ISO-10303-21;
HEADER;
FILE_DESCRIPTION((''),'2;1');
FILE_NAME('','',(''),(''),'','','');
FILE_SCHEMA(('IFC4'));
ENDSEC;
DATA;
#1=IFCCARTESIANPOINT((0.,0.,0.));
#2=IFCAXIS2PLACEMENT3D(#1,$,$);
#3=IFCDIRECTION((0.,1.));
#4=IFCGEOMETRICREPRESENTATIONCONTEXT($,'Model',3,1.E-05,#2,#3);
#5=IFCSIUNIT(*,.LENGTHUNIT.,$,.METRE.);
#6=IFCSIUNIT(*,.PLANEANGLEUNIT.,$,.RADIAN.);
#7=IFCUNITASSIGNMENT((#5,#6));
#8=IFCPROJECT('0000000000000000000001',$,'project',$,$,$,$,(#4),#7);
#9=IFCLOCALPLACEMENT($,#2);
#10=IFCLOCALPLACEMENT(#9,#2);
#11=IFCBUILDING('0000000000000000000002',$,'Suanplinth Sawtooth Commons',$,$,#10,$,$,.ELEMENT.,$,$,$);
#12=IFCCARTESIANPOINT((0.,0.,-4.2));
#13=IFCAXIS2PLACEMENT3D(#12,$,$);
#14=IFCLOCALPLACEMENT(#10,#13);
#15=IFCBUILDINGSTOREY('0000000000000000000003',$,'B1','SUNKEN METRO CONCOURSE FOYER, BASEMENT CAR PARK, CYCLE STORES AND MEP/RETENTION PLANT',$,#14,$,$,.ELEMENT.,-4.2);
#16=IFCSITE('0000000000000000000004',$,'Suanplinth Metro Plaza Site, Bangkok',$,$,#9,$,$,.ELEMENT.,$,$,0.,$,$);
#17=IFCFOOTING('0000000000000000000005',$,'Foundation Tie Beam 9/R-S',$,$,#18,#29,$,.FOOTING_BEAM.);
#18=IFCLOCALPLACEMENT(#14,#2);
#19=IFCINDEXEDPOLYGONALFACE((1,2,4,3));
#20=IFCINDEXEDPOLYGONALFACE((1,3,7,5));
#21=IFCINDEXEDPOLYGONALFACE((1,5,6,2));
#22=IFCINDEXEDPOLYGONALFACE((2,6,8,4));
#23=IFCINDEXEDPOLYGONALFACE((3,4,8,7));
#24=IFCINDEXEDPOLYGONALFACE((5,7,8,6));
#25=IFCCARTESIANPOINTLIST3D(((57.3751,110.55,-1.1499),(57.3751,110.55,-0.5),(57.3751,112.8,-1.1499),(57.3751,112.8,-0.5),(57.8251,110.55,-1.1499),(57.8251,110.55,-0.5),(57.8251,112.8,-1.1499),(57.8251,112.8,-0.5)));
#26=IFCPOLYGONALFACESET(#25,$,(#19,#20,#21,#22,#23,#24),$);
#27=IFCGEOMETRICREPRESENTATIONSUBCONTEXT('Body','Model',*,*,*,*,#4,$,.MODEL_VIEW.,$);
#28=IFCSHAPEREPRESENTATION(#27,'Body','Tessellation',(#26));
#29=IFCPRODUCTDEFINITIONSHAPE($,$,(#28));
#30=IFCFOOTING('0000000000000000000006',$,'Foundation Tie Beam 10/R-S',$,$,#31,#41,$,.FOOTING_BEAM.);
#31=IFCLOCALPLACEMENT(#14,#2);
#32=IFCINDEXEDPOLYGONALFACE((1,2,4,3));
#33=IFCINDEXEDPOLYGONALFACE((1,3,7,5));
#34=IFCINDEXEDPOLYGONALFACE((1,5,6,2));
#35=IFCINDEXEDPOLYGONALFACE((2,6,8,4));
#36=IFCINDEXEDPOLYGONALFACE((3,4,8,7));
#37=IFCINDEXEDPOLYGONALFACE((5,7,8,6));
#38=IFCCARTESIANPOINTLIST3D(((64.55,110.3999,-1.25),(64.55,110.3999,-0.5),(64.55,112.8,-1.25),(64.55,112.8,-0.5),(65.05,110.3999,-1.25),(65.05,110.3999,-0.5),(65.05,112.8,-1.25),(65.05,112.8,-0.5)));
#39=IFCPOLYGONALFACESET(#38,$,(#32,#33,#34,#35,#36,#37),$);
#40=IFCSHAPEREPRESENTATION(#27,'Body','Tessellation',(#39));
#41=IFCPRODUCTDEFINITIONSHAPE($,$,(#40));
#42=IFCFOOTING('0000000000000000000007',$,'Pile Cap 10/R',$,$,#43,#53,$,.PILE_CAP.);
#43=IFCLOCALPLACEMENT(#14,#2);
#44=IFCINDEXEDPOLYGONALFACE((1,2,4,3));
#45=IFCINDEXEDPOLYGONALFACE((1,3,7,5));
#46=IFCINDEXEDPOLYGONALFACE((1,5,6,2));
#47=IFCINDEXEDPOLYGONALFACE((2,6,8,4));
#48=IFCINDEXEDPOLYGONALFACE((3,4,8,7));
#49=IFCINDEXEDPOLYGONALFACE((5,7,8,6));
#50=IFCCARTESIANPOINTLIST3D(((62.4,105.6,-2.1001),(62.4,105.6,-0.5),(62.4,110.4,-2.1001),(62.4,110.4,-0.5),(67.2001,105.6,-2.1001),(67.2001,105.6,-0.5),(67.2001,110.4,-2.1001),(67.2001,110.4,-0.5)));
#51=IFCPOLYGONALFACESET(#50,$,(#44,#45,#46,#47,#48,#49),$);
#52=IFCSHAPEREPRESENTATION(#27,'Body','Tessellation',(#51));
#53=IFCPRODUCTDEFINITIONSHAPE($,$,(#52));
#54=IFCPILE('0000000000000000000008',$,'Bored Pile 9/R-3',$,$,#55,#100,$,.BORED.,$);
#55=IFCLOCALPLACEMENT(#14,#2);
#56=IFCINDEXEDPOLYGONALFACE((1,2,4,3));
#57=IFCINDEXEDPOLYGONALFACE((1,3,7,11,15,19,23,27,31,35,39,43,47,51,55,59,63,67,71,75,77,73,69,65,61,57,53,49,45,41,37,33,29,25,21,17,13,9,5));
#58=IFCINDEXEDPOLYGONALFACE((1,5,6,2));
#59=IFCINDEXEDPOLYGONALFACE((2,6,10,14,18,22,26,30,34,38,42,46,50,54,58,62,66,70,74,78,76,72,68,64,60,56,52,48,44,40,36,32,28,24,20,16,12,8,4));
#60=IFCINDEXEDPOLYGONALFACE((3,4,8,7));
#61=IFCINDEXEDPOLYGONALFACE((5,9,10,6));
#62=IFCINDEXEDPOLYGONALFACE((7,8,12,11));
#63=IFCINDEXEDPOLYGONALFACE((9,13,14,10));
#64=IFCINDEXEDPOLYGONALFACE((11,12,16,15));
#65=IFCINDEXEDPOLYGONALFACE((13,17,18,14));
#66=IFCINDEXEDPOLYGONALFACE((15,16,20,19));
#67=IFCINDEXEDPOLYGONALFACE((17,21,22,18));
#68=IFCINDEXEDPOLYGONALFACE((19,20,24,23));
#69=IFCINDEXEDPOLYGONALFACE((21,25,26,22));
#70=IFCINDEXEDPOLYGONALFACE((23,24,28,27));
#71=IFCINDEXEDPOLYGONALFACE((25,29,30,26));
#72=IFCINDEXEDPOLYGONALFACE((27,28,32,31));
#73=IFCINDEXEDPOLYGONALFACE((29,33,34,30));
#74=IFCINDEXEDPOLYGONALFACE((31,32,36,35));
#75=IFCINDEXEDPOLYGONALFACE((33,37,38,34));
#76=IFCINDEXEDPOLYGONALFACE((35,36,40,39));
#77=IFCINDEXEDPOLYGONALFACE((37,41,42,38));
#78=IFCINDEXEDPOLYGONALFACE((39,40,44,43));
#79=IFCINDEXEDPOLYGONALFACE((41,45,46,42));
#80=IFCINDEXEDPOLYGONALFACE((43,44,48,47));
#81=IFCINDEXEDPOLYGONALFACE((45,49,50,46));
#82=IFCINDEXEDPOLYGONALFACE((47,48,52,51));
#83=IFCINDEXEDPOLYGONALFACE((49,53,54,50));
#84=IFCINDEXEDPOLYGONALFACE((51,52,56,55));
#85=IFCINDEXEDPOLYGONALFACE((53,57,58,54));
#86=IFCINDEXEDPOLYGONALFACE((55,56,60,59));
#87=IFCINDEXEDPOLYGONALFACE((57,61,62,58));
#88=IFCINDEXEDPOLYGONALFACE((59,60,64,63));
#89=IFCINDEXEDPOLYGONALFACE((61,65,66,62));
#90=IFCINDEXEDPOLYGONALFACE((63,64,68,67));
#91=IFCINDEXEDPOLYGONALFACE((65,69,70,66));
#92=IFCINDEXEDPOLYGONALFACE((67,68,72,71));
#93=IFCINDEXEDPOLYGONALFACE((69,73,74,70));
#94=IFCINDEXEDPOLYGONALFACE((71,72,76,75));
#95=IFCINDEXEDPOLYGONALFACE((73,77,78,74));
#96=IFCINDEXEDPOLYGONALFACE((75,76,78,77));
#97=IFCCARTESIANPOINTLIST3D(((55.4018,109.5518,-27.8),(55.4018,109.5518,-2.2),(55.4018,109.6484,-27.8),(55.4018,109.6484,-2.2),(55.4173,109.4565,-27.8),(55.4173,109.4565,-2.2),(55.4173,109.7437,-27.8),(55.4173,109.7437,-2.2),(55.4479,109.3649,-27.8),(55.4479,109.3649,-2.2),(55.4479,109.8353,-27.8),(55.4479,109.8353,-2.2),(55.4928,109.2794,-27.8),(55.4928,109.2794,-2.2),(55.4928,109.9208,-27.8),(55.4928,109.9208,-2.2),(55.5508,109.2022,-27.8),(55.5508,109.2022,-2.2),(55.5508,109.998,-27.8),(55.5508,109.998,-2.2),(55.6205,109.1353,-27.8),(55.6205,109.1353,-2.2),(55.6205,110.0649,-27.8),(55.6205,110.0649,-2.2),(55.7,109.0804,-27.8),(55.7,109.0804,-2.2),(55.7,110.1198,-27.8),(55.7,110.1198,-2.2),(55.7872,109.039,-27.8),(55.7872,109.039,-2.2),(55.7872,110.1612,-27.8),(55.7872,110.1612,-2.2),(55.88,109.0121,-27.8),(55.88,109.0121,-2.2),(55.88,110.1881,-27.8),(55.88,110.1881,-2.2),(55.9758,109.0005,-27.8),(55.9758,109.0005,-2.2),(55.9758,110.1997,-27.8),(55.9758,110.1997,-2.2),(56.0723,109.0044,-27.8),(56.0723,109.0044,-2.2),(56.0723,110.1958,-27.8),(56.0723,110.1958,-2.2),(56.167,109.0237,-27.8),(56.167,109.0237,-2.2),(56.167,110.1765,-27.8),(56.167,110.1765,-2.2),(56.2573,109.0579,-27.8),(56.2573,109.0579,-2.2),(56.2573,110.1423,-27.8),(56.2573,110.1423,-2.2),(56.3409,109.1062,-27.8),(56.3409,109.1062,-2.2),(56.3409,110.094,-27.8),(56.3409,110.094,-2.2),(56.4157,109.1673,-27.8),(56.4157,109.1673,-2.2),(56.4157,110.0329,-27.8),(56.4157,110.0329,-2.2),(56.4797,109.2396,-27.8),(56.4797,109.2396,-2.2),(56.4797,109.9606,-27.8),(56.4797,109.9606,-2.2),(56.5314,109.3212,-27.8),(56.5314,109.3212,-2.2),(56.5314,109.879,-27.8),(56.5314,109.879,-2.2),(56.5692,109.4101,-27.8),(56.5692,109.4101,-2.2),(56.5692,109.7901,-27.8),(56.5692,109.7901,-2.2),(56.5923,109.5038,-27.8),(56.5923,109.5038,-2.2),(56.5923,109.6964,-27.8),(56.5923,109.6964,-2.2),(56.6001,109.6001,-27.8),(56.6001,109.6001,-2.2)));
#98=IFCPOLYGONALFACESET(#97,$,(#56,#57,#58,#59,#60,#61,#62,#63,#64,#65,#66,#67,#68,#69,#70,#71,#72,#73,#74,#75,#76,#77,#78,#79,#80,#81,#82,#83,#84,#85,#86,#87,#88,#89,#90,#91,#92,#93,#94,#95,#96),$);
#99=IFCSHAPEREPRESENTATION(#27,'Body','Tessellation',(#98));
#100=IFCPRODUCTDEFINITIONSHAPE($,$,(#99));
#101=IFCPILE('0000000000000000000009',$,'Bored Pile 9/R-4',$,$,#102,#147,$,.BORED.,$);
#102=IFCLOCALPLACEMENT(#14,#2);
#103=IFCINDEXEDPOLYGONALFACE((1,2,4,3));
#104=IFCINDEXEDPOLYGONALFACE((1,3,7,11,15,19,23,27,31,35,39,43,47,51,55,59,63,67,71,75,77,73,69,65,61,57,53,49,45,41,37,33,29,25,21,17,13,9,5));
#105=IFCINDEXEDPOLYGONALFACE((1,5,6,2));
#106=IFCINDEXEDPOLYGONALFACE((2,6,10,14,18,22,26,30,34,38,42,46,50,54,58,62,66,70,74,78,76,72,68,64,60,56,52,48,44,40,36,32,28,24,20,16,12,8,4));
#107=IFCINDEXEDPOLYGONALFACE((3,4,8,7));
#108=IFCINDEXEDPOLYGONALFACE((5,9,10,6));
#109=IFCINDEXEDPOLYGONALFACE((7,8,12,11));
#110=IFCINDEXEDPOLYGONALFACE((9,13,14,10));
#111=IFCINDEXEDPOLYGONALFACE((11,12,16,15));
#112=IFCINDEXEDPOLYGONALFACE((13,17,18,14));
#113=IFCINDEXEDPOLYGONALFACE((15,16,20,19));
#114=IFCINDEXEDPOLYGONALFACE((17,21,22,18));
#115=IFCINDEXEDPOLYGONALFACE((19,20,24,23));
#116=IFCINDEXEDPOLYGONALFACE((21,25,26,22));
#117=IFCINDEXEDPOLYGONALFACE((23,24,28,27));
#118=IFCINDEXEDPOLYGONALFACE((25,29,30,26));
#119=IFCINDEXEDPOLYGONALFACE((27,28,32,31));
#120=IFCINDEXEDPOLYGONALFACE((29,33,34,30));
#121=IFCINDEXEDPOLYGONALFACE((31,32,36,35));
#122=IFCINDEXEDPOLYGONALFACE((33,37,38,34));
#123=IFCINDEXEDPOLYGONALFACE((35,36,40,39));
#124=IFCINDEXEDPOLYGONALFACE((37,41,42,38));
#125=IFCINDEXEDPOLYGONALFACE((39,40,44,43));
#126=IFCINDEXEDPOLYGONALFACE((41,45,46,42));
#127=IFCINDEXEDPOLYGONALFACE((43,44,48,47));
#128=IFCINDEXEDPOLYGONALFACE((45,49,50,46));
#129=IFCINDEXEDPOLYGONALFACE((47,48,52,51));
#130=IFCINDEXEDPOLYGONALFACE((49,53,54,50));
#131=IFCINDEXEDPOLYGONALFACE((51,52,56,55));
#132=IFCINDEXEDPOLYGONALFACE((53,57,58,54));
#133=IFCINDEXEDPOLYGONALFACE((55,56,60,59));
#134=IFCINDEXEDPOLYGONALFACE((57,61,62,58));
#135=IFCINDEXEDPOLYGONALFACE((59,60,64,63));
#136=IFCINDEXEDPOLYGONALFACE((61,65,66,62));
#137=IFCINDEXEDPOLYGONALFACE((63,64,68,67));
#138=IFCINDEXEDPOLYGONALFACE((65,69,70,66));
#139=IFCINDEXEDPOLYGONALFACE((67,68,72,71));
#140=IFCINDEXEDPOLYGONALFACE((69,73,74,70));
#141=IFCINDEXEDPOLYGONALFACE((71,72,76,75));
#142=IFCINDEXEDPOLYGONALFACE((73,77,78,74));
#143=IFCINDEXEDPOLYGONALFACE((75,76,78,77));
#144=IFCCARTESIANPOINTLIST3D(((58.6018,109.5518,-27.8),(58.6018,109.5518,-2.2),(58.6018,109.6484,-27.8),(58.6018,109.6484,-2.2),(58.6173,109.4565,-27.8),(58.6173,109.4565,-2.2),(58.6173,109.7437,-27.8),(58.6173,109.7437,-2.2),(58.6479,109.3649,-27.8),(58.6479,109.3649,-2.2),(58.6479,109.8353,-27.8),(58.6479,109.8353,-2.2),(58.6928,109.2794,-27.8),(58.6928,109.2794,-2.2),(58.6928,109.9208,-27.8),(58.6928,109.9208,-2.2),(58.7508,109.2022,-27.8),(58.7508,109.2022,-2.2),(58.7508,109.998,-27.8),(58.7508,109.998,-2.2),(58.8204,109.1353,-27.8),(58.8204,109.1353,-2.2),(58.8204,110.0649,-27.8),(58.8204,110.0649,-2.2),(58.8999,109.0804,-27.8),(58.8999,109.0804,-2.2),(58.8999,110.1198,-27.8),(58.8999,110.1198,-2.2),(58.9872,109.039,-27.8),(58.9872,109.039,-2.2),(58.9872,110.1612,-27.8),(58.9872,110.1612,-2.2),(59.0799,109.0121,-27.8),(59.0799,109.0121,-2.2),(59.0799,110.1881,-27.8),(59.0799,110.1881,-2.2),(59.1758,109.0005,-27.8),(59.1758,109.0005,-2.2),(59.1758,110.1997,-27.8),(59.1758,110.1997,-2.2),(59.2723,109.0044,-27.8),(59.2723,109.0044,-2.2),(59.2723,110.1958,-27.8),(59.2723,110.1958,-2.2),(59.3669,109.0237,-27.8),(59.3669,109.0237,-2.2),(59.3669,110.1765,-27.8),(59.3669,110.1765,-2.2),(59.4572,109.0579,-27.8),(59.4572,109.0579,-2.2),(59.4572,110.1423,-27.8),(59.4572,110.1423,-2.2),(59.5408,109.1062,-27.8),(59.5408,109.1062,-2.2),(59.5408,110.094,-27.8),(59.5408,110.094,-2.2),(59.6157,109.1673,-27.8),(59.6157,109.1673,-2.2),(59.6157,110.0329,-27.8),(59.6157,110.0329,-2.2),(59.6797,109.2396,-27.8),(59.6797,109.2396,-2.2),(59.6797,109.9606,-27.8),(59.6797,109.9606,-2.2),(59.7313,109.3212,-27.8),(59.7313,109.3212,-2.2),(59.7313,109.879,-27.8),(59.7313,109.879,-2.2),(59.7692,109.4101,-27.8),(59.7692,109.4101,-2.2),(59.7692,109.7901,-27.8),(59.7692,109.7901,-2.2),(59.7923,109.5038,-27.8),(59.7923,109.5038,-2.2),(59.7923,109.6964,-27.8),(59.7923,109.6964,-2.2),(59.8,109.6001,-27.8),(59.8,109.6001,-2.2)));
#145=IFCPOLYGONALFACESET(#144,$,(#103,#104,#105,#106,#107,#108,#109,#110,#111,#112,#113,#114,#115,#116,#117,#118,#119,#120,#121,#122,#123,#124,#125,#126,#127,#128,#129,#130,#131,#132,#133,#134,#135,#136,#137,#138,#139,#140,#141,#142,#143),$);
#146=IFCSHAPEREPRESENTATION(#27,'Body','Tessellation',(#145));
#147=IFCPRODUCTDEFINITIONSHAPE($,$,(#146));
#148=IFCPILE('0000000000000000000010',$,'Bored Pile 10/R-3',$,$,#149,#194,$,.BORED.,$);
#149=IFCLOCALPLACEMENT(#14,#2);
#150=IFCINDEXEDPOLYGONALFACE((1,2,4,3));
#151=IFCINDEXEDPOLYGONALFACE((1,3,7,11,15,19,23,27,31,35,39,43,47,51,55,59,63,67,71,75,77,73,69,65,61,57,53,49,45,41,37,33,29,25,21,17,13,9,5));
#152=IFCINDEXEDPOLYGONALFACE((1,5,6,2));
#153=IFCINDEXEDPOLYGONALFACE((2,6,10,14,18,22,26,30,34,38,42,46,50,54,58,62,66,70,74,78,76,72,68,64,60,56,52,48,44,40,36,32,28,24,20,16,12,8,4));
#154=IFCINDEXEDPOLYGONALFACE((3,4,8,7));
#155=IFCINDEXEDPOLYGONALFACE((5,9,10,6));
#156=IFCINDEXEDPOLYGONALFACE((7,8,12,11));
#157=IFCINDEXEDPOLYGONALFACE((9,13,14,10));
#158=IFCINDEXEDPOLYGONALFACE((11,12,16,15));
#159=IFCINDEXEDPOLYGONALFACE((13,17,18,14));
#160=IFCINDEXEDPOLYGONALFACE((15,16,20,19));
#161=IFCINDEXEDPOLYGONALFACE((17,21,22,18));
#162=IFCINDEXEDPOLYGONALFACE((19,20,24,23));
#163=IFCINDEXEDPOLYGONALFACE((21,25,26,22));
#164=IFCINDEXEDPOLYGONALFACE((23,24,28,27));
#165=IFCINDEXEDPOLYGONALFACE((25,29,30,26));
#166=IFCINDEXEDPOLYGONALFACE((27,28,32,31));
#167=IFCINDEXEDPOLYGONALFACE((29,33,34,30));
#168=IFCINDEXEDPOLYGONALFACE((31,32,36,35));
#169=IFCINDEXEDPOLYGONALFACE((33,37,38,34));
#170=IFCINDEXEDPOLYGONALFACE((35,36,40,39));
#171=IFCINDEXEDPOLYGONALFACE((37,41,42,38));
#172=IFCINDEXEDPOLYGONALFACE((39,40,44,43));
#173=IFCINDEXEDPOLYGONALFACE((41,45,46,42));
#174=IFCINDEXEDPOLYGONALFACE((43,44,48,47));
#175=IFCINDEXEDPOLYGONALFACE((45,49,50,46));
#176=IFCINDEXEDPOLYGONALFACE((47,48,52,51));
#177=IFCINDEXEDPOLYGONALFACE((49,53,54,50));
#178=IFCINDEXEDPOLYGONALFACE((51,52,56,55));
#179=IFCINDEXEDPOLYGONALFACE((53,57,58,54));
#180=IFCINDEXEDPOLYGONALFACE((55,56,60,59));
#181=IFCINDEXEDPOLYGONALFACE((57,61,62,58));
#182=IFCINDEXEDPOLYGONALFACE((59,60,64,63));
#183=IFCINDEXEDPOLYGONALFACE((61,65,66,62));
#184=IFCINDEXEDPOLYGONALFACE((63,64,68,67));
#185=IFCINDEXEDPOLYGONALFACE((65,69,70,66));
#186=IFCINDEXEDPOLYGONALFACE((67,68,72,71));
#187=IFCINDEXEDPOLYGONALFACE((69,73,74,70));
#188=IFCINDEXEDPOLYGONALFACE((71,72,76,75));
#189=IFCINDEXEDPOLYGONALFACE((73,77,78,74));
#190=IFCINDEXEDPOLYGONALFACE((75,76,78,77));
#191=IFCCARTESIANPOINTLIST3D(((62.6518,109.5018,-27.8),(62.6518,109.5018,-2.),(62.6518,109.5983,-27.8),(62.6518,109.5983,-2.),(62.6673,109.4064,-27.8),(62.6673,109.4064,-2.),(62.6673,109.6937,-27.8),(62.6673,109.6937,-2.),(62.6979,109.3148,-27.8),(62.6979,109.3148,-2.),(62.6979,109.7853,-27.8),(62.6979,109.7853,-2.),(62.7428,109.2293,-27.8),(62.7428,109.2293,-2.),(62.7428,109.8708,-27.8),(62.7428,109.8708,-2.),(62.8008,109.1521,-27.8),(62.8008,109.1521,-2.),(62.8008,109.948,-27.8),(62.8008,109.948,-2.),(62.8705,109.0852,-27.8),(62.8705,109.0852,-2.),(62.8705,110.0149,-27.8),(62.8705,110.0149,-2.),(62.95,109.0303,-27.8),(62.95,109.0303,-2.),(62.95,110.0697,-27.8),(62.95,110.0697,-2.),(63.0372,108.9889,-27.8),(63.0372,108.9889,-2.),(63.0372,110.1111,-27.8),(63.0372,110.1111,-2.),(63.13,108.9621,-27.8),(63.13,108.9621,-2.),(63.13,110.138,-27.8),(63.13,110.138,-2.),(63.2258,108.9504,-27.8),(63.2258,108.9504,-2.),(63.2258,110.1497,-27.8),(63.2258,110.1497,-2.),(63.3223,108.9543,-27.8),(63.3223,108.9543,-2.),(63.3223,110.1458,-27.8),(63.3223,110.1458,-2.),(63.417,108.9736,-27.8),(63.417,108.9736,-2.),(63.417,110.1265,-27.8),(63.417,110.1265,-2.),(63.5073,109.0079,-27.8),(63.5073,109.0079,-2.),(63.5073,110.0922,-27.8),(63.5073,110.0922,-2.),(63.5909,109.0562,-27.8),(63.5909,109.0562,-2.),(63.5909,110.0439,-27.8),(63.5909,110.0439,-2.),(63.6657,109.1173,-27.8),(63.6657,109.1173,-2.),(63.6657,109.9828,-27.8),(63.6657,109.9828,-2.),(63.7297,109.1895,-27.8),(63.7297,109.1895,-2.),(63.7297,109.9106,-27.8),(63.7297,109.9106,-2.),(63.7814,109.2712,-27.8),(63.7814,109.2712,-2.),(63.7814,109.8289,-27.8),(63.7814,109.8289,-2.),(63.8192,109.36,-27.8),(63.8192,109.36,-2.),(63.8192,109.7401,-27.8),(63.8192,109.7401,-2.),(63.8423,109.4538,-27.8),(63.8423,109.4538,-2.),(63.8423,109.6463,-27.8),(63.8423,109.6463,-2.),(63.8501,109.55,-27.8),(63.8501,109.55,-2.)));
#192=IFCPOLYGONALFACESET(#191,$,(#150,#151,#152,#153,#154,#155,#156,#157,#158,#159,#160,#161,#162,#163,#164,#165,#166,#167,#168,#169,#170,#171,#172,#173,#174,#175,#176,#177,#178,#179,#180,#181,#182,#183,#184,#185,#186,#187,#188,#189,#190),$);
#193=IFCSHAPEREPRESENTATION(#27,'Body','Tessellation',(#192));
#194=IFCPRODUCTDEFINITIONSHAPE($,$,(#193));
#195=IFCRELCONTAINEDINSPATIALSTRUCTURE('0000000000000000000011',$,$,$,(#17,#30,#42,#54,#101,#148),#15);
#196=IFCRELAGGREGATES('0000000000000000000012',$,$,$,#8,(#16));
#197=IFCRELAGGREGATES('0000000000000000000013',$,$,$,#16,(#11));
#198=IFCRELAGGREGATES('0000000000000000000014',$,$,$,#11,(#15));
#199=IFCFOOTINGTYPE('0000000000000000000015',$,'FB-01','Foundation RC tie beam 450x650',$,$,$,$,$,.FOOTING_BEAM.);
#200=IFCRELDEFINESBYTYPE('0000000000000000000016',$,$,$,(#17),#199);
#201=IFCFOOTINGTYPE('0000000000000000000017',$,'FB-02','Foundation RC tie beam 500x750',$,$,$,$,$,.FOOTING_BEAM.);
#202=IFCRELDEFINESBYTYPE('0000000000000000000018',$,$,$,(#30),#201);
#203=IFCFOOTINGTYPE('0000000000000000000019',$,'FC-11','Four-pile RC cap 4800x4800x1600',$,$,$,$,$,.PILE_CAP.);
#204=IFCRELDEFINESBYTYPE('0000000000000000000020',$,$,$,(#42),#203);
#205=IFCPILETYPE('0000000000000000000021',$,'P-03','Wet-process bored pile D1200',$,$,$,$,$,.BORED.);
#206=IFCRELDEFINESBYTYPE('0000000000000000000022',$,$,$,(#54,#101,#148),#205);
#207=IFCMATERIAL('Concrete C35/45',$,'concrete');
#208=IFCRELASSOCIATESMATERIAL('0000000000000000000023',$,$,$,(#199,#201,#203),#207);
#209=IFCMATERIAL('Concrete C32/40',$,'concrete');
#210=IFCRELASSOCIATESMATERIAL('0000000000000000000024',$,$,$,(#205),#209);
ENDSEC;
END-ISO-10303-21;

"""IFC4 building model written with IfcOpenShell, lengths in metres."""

from ifc_helpers import new_model, si_unit, direction, frame, origin, origin_2d, place, context, subcontext, project, spatial, rectangle, circle, extrude, material, material_profile, profile_set, type_object, element, save


model = new_model("IFC4")

# Units and contexts
model_context = context("Model", 3, precision=1e-05, world=origin(), true_north=direction((0.0, 1.0)))
body_context = subcontext(model_context, "Body", "Model", "MODEL_VIEW")
ifc_project = project(units=[si_unit("LENGTHUNIT", "METRE"), si_unit("PLANEANGLEUNIT", "RADIAN")], contexts=[model_context])

# Site, building, storey
site_placement = place(None, origin())
site = spatial("IfcSite", under=ifc_project, at=site_placement, Name="Suanplinth Metro Plaza Site, Bangkok", CompositionType="ELEMENT", RefElevation=0.0)
building_placement = place(site_placement, origin())
building = spatial("IfcBuilding", under=site, at=building_placement, Name="Suanplinth Sawtooth Commons", CompositionType="ELEMENT")
storey_placement = place(building_placement, frame((0.0, 0.0, -4.2)))
storey = spatial("IfcBuildingStorey", under=building, at=storey_placement, Name="B1", Description="SUNKEN METRO CONCOURSE FOYER, BASEMENT CAR PARK, CYCLE STORES AND MEP/RETENTION PLANT", CompositionType="ELEMENT", Elevation=-4.2)

# Footings
ifc_material_1 = material(Name="Concrete C35/45", Category="concrete")
ifc_material_profile_1 = material_profile(ifc_material_1, rectangle(XDim=0.45, YDim=0.6499, at=origin_2d()), Name="PC-GDR 450x650")
ifc_profile_set_1 = profile_set([ifc_material_profile_1], Name="Concrete C35/45")
footing_type_1 = type_object("IfcFootingType", Name="FB-01", Description="Foundation RC tie beam 450x650", PredefinedType="FOOTING_BEAM", material=ifc_profile_set_1)
footing_1_placement = place(storey_placement, frame((57.6001, 110.55, -0.825), z_axis=(0.0, 1.0, 0.0), x_axis=(-1.0, 0.0, 0.0)))
element("IfcFooting", 1, at=footing_1_placement, inside=storey, type_object=footing_type_1, Name="Foundation Tie Beam 9/R-S", PredefinedType="FOOTING_BEAM", context=body_context, shape_type="SweptSolid", body=[
    extrude(rectangle(XDim=0.45, YDim=0.6499, at=origin_2d()), origin(), (0.0, 0.0, 1.0), 2.25),
])
ifc_material_profile_2 = material_profile(ifc_material_1, rectangle(XDim=0.5, YDim=0.75, at=origin_2d()), Name="RC-GDR 500x750")
ifc_profile_set_2 = profile_set([ifc_material_profile_2], Name="Concrete C35/45")
footing_type_2 = type_object("IfcFootingType", Name="FB-02", Description="Foundation RC tie beam 500x750", PredefinedType="FOOTING_BEAM", material=ifc_profile_set_2)
footing_2_placement = place(storey_placement, frame((64.8, 110.3999, -0.875), z_axis=(0.0, 1.0, 0.0), x_axis=(-1.0, 0.0, 0.0)))
element("IfcFooting", 2, at=footing_2_placement, inside=storey, type_object=footing_type_2, Name="Foundation Tie Beam 10/R-S", PredefinedType="FOOTING_BEAM", context=body_context, shape_type="SweptSolid", body=[
    extrude(rectangle(XDim=0.5, YDim=0.75, at=origin_2d()), origin(), (0.0, 0.0, 1.0), 2.4001),
])
footing_type_3 = type_object("IfcFootingType", Name="FC-11", Description="Four-pile RC cap 4800x4800x1600", PredefinedType="PILE_CAP", material=ifc_material_1)
footing_3_placement = place(storey_placement, frame((64.8, 108.0, -2.1001), z_axis=(0.0, 0.0, 1.0), x_axis=(1.0, 0.0, 0.0)))
element("IfcFooting", 3, at=footing_3_placement, inside=storey, type_object=footing_type_3, Name="Pile Cap 10/R", PredefinedType="PILE_CAP", context=body_context, shape_type="SweptSolid", body=[
    extrude(rectangle(XDim=4.8, YDim=4.8, at=origin_2d()), origin(), (0.0, 0.0, 1.0), 1.6001),
])

# Piles
ifc_material_2 = material(Name="Concrete C32/40", Category="concrete")
ifc_material_profile_3 = material_profile(ifc_material_2, circle(Radius=0.6001, at=origin_2d()), Name="PILE D1200")
ifc_profile_set_3 = profile_set([ifc_material_profile_3], Name="Concrete C32/40")
pile_type = type_object("IfcPileType", Name="P-03", Description="Wet-process bored pile D1200", PredefinedType="BORED", material=ifc_profile_set_3)
for number, where, z_axis, x_axis, name in (
    (4, (56.0, 109.6001, -2.2), (0.0, 0.0, -1.0), (1.0, 0.0, 0.0), "Bored Pile 9/R-3"),
    (5, (59.2, 109.6001, -2.2), (0.0, 0.0, -1.0), (1.0, 0.0, 0.0), "Bored Pile 9/R-4"),
):
    element("IfcPile", number, at=place(storey_placement, frame(where, z_axis=z_axis, x_axis=x_axis)), inside=storey, type_object=pile_type, Name=name, PredefinedType="BORED", context=body_context, shape_type="SweptSolid", body=[
        extrude(circle(Radius=0.6001, at=origin_2d()), origin(), (0.0, 0.0, 1.0), 25.6001),
    ])
pile_placement = place(storey_placement, frame((63.25, 109.55, -2.0), z_axis=(0.0, 0.0, -1.0), x_axis=(1.0, 0.0, 0.0)))
element("IfcPile", 6, at=pile_placement, inside=storey, type_object=pile_type, Name="Bored Pile 10/R-3", PredefinedType="BORED", context=body_context, shape_type="SweptSolid", body=[
    extrude(circle(Radius=0.6001, at=origin_2d()), origin(), (0.0, 0.0, 1.0), 25.8),
])

save(model, "model.ifc")
